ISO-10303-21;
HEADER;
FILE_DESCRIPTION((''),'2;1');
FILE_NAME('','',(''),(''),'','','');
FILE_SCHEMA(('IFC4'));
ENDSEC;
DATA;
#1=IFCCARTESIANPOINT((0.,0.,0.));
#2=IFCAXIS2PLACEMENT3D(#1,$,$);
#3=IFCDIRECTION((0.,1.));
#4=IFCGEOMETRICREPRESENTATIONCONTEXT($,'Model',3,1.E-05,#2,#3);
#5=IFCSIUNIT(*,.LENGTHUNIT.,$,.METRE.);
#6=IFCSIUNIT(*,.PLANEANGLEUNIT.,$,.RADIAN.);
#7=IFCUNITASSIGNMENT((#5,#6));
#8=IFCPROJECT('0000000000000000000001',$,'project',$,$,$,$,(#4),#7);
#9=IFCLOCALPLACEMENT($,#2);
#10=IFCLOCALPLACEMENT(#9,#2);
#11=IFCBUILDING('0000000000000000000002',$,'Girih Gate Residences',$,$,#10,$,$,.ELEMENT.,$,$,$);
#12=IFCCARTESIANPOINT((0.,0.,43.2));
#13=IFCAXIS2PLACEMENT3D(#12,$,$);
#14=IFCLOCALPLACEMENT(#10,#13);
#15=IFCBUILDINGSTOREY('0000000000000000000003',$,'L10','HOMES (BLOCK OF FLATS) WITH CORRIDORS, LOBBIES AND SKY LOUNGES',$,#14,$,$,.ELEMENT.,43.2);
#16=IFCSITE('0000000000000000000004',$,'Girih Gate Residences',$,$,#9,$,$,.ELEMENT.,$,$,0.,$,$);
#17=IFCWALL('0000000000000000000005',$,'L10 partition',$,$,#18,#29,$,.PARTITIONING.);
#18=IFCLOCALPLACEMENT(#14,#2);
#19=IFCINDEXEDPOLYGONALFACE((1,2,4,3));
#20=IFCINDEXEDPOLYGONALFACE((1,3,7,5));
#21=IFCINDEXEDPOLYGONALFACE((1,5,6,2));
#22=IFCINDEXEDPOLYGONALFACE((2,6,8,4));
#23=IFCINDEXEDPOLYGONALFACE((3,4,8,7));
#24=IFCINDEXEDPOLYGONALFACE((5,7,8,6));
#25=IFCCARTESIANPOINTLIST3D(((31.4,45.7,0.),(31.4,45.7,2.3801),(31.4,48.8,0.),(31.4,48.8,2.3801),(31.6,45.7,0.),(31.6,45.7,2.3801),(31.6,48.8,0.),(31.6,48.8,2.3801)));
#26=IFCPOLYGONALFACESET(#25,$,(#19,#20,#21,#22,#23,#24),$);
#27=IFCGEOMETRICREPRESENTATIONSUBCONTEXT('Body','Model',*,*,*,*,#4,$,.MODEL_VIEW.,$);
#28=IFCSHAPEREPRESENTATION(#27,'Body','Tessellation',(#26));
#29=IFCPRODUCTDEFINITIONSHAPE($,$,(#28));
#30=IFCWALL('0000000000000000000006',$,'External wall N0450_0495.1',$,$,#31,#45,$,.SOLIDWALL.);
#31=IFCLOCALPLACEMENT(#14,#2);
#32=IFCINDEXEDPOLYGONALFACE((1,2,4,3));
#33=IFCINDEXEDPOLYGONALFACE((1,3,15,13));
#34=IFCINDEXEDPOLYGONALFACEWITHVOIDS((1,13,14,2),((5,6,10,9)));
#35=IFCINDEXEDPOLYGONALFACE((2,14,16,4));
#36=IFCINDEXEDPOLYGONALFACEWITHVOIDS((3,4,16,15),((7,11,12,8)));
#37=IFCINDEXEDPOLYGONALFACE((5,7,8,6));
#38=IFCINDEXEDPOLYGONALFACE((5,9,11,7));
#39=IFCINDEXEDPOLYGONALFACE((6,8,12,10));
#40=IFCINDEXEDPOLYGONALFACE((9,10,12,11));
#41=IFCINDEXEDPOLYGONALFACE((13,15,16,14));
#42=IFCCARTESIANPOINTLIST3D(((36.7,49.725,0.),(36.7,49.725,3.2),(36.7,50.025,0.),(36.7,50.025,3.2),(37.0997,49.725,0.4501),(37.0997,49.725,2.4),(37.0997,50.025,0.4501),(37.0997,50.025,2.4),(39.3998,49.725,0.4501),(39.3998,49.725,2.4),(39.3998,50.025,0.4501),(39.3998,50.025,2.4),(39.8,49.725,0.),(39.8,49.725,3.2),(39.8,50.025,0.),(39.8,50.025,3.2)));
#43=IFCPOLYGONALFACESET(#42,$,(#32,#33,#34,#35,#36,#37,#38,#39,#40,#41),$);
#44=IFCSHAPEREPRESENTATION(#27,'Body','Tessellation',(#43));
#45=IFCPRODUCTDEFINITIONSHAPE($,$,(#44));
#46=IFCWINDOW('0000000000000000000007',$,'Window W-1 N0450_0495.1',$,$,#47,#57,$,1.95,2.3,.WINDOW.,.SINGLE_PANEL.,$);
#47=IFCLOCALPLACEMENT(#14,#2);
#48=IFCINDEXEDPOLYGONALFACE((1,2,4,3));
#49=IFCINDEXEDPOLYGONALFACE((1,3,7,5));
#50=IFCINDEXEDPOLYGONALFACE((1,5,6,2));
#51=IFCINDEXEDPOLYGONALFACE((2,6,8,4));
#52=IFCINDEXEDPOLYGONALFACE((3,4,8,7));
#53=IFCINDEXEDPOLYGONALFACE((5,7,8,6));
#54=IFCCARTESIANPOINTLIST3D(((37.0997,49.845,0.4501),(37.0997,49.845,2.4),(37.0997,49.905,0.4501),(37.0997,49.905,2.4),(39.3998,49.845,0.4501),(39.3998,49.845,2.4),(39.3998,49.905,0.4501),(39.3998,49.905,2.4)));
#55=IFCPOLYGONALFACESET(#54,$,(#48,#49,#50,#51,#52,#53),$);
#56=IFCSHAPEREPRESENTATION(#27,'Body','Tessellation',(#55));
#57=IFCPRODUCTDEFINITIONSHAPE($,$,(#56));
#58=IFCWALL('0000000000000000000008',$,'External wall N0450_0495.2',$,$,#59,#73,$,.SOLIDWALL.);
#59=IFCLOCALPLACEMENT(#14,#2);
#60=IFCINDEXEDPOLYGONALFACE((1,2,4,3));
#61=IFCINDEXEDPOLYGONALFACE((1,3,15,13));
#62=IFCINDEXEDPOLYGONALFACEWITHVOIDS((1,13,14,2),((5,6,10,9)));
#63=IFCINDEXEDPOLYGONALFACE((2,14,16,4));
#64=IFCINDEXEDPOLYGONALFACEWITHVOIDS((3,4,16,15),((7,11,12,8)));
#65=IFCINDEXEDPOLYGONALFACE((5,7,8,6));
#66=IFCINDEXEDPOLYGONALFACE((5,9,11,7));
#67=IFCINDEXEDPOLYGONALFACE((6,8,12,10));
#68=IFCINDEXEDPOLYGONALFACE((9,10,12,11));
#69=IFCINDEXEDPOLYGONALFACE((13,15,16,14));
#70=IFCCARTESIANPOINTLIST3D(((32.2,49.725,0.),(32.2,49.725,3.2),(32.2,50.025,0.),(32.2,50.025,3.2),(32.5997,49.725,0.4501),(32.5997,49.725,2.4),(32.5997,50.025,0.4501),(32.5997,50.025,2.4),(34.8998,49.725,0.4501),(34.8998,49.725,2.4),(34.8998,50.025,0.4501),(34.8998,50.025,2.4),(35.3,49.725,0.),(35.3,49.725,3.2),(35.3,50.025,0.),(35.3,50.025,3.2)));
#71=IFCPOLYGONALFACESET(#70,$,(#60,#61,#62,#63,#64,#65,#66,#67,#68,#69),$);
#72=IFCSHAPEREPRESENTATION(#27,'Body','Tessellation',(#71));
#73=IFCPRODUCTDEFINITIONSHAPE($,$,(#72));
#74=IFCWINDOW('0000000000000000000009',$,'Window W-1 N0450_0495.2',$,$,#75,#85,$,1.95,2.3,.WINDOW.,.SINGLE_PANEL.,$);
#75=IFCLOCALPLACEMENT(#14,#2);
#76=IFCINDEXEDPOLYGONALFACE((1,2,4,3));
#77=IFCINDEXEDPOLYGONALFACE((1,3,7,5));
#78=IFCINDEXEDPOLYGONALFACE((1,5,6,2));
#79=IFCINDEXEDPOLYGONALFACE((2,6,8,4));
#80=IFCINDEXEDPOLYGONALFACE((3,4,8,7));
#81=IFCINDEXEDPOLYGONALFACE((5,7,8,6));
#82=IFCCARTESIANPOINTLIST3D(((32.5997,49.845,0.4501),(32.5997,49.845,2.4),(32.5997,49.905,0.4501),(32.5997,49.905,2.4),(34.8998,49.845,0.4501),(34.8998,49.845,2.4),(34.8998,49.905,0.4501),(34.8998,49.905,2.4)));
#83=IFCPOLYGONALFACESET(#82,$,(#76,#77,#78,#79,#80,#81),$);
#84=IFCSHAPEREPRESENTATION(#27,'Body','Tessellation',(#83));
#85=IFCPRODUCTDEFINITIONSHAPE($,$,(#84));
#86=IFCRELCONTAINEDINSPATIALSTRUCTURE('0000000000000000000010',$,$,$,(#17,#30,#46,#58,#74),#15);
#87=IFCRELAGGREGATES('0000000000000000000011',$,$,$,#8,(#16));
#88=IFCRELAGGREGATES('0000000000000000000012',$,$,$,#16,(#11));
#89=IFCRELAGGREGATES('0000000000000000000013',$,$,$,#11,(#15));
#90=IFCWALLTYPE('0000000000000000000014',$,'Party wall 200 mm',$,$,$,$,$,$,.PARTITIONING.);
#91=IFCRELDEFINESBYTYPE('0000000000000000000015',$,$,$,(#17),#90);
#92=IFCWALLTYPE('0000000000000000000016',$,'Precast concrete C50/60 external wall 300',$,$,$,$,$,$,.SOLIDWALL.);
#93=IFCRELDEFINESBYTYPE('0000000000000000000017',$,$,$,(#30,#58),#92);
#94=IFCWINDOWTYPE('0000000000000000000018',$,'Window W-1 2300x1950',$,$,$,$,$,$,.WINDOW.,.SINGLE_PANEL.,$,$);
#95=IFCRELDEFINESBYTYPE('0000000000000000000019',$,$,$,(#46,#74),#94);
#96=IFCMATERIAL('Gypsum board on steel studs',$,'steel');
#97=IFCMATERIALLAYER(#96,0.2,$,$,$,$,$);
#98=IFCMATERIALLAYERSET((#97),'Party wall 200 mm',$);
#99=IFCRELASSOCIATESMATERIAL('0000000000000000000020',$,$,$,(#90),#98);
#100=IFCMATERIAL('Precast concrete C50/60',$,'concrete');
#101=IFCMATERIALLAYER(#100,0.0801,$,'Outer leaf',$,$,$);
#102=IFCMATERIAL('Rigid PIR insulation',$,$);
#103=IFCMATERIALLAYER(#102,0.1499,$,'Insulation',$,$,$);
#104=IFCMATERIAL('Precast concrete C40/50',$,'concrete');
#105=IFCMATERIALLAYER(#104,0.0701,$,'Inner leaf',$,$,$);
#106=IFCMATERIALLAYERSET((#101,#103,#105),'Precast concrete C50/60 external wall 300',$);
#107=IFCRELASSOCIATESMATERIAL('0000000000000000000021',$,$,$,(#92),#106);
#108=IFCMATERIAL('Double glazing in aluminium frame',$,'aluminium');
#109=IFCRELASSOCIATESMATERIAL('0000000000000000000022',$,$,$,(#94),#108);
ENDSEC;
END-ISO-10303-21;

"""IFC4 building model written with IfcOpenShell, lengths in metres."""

from ifc_helpers import new_model, si_unit, direction, frame, frame_2d, origin, place, context, subcontext, project, spatial, rectangle, extrude, material, layer, layer_set, type_object, element, fill, save


model = new_model("IFC4")

# Units and contexts
model_context = context("Model", 3, precision=1e-05, world=origin(), true_north=direction((0.0, 1.0)))
body_context = subcontext(model_context, "Body", "Model", "MODEL_VIEW")
ifc_project = project(units=[si_unit("LENGTHUNIT", "METRE"), si_unit("PLANEANGLEUNIT", "RADIAN")], contexts=[model_context])

# Site, building, storey
site_placement = place(None, origin())
site = spatial("IfcSite", under=ifc_project, at=site_placement, Name="Girih Gate Residences", CompositionType="ELEMENT", RefElevation=0.0)
building_placement = place(site_placement, origin())
building = spatial("IfcBuilding", under=site, at=building_placement, Name="Girih Gate Residences", CompositionType="ELEMENT")
storey_placement = place(building_placement, frame((0.0, 0.0, 43.2)))
storey = spatial("IfcBuildingStorey", under=building, at=storey_placement, Name="L10", Description="HOMES (BLOCK OF FLATS) WITH CORRIDORS, LOBBIES AND SKY LOUNGES", CompositionType="ELEMENT", Elevation=43.2)

# Shared definitions
ifc_material_1 = material(Name="Gypsum board on steel studs", Category="steel")

# Wall
ifc_layer_1 = layer(ifc_material_1, 0.2)
ifc_layer_set_1 = layer_set([ifc_layer_1], Name="Party wall 200 mm")
wall_type_1 = type_object("IfcWallType", Name="Party wall 200 mm", PredefinedType="PARTITIONING", material=ifc_layer_set_1)
wall_1_placement = place(storey_placement, frame((31.5, 45.7, 0.0), z_axis=(0.0, 0.0, 1.0), x_axis=(0.0, 1.0, 0.0)))
element("IfcWall", 1, at=wall_1_placement, inside=storey, type_object=wall_type_1, Name="L10 partition", PredefinedType="PARTITIONING", context=body_context, shape_type="SweptSolid", body=[
    extrude(rectangle(XDim=3.1001, YDim=0.2, at=frame_2d((1.55, 0.0))), origin(), (0.0, 0.0, 1.0), 2.3801),
])

# Walls, openings, windows
ifc_material_2 = material(Name="Precast concrete C50/60", Category="concrete")
ifc_layer_2 = layer(ifc_material_2, 0.0801, Name="Outer leaf")
ifc_material_3 = material(Name="Rigid PIR insulation")
ifc_layer_3 = layer(ifc_material_3, 0.1499, Name="Insulation")
ifc_material_4 = material(Name="Precast concrete C40/50", Category="concrete")
ifc_layer_4 = layer(ifc_material_4, 0.0701, Name="Inner leaf")
ifc_layer_set_2 = layer_set([ifc_layer_2, ifc_layer_3, ifc_layer_4], Name="Precast concrete C50/60 external wall 300")
wall_type_2 = type_object("IfcWallType", Name="Precast concrete C50/60 external wall 300", PredefinedType="SOLIDWALL", material=ifc_layer_set_2)
wall_2_placement = place(storey_placement, frame((36.7, 49.875, 0.0), z_axis=(0.0, 0.0, 1.0), x_axis=(1.0, 0.0, 0.0)))
wall_2 = element("IfcWall", 2, at=wall_2_placement, inside=storey, type_object=wall_type_2, Name="External wall N0450_0495.1", PredefinedType="SOLIDWALL", context=body_context, shape_type="SweptSolid", body=[
    extrude(rectangle(XDim=3.1001, YDim=0.3, at=frame_2d((1.55, 0.0))), origin(), (0.0, 0.0, 1.0), 3.2),
])
opening_1_placement = place(wall_2_placement, frame((0.3999, 0.0, 0.45)))
opening_1 = element("IfcOpeningElement", 3, at=opening_1_placement, cuts=wall_2, PredefinedType="OPENING", context=body_context, shape_type="SweptSolid", body=[
    extrude(rectangle(XDim=2.3, YDim=1.95, at=frame_2d((1.1499, 0.9751))), frame((0.0, 0.1599, 0.0), z_axis=(0.0, -1.0, 0.0), x_axis=(1.0, 0.0, 0.0)), (0.0, 0.0, 1.0), 0.3201),
])
ifc_material_5 = material(Name="Double glazing in aluminium frame", Category="aluminium")
window_type = type_object("IfcWindowType", Name="Window W-1 2300x1950", PartitioningType="SINGLE_PANEL", PredefinedType="WINDOW", material=ifc_material_5)
window_1_placement = place(opening_1_placement, origin())
window_1 = element("IfcWindow", 4, at=window_1_placement, inside=storey, type_object=window_type, Name="Window W-1 N0450_0495.1", OverallHeight=1.95, OverallWidth=2.3, PartitioningType="SINGLE_PANEL", PredefinedType="WINDOW", context=body_context, shape_type="SweptSolid", body=[
    extrude(rectangle(XDim=2.3, YDim=1.95, at=frame_2d((1.1499, 0.9751))), frame((0.0, 0.03, 0.0), z_axis=(0.0, -1.0, 0.0), x_axis=(1.0, 0.0, 0.0)), (0.0, 0.0, 1.0), 0.0601),
])
fill(opening_1, window_1)
wall_3_placement = place(storey_placement, frame((32.2, 49.875, 0.0), z_axis=(0.0, 0.0, 1.0), x_axis=(1.0, 0.0, 0.0)))
wall_3 = element("IfcWall", 5, at=wall_3_placement, inside=storey, type_object=wall_type_2, Name="External wall N0450_0495.2", PredefinedType="SOLIDWALL", context=body_context, shape_type="SweptSolid", body=[
    extrude(rectangle(XDim=3.1001, YDim=0.3, at=frame_2d((1.55, 0.0))), origin(), (0.0, 0.0, 1.0), 3.2),
])
opening_2_placement = place(wall_3_placement, frame((0.3999, 0.0, 0.45)))
opening_2 = element("IfcOpeningElement", 6, at=opening_2_placement, cuts=wall_3, PredefinedType="OPENING", context=body_context, shape_type="SweptSolid", body=[
    extrude(rectangle(XDim=2.3, YDim=1.95, at=frame_2d((1.1499, 0.9751))), frame((0.0, 0.1599, 0.0), z_axis=(0.0, -1.0, 0.0), x_axis=(1.0, 0.0, 0.0)), (0.0, 0.0, 1.0), 0.3201),
])
window_2_placement = place(opening_2_placement, origin())
window_2 = element("IfcWindow", 7, at=window_2_placement, inside=storey, type_object=window_type, Name="Window W-1 N0450_0495.2", OverallHeight=1.95, OverallWidth=2.3, PartitioningType="SINGLE_PANEL", PredefinedType="WINDOW", context=body_context, shape_type="SweptSolid", body=[
    extrude(rectangle(XDim=2.3, YDim=1.95, at=frame_2d((1.1499, 0.9751))), frame((0.0, 0.03, 0.0), z_axis=(0.0, -1.0, 0.0), x_axis=(1.0, 0.0, 0.0)), (0.0, 0.0, 1.0), 0.0601),
])
fill(opening_2, window_2)

save(model, "model.ifc")
